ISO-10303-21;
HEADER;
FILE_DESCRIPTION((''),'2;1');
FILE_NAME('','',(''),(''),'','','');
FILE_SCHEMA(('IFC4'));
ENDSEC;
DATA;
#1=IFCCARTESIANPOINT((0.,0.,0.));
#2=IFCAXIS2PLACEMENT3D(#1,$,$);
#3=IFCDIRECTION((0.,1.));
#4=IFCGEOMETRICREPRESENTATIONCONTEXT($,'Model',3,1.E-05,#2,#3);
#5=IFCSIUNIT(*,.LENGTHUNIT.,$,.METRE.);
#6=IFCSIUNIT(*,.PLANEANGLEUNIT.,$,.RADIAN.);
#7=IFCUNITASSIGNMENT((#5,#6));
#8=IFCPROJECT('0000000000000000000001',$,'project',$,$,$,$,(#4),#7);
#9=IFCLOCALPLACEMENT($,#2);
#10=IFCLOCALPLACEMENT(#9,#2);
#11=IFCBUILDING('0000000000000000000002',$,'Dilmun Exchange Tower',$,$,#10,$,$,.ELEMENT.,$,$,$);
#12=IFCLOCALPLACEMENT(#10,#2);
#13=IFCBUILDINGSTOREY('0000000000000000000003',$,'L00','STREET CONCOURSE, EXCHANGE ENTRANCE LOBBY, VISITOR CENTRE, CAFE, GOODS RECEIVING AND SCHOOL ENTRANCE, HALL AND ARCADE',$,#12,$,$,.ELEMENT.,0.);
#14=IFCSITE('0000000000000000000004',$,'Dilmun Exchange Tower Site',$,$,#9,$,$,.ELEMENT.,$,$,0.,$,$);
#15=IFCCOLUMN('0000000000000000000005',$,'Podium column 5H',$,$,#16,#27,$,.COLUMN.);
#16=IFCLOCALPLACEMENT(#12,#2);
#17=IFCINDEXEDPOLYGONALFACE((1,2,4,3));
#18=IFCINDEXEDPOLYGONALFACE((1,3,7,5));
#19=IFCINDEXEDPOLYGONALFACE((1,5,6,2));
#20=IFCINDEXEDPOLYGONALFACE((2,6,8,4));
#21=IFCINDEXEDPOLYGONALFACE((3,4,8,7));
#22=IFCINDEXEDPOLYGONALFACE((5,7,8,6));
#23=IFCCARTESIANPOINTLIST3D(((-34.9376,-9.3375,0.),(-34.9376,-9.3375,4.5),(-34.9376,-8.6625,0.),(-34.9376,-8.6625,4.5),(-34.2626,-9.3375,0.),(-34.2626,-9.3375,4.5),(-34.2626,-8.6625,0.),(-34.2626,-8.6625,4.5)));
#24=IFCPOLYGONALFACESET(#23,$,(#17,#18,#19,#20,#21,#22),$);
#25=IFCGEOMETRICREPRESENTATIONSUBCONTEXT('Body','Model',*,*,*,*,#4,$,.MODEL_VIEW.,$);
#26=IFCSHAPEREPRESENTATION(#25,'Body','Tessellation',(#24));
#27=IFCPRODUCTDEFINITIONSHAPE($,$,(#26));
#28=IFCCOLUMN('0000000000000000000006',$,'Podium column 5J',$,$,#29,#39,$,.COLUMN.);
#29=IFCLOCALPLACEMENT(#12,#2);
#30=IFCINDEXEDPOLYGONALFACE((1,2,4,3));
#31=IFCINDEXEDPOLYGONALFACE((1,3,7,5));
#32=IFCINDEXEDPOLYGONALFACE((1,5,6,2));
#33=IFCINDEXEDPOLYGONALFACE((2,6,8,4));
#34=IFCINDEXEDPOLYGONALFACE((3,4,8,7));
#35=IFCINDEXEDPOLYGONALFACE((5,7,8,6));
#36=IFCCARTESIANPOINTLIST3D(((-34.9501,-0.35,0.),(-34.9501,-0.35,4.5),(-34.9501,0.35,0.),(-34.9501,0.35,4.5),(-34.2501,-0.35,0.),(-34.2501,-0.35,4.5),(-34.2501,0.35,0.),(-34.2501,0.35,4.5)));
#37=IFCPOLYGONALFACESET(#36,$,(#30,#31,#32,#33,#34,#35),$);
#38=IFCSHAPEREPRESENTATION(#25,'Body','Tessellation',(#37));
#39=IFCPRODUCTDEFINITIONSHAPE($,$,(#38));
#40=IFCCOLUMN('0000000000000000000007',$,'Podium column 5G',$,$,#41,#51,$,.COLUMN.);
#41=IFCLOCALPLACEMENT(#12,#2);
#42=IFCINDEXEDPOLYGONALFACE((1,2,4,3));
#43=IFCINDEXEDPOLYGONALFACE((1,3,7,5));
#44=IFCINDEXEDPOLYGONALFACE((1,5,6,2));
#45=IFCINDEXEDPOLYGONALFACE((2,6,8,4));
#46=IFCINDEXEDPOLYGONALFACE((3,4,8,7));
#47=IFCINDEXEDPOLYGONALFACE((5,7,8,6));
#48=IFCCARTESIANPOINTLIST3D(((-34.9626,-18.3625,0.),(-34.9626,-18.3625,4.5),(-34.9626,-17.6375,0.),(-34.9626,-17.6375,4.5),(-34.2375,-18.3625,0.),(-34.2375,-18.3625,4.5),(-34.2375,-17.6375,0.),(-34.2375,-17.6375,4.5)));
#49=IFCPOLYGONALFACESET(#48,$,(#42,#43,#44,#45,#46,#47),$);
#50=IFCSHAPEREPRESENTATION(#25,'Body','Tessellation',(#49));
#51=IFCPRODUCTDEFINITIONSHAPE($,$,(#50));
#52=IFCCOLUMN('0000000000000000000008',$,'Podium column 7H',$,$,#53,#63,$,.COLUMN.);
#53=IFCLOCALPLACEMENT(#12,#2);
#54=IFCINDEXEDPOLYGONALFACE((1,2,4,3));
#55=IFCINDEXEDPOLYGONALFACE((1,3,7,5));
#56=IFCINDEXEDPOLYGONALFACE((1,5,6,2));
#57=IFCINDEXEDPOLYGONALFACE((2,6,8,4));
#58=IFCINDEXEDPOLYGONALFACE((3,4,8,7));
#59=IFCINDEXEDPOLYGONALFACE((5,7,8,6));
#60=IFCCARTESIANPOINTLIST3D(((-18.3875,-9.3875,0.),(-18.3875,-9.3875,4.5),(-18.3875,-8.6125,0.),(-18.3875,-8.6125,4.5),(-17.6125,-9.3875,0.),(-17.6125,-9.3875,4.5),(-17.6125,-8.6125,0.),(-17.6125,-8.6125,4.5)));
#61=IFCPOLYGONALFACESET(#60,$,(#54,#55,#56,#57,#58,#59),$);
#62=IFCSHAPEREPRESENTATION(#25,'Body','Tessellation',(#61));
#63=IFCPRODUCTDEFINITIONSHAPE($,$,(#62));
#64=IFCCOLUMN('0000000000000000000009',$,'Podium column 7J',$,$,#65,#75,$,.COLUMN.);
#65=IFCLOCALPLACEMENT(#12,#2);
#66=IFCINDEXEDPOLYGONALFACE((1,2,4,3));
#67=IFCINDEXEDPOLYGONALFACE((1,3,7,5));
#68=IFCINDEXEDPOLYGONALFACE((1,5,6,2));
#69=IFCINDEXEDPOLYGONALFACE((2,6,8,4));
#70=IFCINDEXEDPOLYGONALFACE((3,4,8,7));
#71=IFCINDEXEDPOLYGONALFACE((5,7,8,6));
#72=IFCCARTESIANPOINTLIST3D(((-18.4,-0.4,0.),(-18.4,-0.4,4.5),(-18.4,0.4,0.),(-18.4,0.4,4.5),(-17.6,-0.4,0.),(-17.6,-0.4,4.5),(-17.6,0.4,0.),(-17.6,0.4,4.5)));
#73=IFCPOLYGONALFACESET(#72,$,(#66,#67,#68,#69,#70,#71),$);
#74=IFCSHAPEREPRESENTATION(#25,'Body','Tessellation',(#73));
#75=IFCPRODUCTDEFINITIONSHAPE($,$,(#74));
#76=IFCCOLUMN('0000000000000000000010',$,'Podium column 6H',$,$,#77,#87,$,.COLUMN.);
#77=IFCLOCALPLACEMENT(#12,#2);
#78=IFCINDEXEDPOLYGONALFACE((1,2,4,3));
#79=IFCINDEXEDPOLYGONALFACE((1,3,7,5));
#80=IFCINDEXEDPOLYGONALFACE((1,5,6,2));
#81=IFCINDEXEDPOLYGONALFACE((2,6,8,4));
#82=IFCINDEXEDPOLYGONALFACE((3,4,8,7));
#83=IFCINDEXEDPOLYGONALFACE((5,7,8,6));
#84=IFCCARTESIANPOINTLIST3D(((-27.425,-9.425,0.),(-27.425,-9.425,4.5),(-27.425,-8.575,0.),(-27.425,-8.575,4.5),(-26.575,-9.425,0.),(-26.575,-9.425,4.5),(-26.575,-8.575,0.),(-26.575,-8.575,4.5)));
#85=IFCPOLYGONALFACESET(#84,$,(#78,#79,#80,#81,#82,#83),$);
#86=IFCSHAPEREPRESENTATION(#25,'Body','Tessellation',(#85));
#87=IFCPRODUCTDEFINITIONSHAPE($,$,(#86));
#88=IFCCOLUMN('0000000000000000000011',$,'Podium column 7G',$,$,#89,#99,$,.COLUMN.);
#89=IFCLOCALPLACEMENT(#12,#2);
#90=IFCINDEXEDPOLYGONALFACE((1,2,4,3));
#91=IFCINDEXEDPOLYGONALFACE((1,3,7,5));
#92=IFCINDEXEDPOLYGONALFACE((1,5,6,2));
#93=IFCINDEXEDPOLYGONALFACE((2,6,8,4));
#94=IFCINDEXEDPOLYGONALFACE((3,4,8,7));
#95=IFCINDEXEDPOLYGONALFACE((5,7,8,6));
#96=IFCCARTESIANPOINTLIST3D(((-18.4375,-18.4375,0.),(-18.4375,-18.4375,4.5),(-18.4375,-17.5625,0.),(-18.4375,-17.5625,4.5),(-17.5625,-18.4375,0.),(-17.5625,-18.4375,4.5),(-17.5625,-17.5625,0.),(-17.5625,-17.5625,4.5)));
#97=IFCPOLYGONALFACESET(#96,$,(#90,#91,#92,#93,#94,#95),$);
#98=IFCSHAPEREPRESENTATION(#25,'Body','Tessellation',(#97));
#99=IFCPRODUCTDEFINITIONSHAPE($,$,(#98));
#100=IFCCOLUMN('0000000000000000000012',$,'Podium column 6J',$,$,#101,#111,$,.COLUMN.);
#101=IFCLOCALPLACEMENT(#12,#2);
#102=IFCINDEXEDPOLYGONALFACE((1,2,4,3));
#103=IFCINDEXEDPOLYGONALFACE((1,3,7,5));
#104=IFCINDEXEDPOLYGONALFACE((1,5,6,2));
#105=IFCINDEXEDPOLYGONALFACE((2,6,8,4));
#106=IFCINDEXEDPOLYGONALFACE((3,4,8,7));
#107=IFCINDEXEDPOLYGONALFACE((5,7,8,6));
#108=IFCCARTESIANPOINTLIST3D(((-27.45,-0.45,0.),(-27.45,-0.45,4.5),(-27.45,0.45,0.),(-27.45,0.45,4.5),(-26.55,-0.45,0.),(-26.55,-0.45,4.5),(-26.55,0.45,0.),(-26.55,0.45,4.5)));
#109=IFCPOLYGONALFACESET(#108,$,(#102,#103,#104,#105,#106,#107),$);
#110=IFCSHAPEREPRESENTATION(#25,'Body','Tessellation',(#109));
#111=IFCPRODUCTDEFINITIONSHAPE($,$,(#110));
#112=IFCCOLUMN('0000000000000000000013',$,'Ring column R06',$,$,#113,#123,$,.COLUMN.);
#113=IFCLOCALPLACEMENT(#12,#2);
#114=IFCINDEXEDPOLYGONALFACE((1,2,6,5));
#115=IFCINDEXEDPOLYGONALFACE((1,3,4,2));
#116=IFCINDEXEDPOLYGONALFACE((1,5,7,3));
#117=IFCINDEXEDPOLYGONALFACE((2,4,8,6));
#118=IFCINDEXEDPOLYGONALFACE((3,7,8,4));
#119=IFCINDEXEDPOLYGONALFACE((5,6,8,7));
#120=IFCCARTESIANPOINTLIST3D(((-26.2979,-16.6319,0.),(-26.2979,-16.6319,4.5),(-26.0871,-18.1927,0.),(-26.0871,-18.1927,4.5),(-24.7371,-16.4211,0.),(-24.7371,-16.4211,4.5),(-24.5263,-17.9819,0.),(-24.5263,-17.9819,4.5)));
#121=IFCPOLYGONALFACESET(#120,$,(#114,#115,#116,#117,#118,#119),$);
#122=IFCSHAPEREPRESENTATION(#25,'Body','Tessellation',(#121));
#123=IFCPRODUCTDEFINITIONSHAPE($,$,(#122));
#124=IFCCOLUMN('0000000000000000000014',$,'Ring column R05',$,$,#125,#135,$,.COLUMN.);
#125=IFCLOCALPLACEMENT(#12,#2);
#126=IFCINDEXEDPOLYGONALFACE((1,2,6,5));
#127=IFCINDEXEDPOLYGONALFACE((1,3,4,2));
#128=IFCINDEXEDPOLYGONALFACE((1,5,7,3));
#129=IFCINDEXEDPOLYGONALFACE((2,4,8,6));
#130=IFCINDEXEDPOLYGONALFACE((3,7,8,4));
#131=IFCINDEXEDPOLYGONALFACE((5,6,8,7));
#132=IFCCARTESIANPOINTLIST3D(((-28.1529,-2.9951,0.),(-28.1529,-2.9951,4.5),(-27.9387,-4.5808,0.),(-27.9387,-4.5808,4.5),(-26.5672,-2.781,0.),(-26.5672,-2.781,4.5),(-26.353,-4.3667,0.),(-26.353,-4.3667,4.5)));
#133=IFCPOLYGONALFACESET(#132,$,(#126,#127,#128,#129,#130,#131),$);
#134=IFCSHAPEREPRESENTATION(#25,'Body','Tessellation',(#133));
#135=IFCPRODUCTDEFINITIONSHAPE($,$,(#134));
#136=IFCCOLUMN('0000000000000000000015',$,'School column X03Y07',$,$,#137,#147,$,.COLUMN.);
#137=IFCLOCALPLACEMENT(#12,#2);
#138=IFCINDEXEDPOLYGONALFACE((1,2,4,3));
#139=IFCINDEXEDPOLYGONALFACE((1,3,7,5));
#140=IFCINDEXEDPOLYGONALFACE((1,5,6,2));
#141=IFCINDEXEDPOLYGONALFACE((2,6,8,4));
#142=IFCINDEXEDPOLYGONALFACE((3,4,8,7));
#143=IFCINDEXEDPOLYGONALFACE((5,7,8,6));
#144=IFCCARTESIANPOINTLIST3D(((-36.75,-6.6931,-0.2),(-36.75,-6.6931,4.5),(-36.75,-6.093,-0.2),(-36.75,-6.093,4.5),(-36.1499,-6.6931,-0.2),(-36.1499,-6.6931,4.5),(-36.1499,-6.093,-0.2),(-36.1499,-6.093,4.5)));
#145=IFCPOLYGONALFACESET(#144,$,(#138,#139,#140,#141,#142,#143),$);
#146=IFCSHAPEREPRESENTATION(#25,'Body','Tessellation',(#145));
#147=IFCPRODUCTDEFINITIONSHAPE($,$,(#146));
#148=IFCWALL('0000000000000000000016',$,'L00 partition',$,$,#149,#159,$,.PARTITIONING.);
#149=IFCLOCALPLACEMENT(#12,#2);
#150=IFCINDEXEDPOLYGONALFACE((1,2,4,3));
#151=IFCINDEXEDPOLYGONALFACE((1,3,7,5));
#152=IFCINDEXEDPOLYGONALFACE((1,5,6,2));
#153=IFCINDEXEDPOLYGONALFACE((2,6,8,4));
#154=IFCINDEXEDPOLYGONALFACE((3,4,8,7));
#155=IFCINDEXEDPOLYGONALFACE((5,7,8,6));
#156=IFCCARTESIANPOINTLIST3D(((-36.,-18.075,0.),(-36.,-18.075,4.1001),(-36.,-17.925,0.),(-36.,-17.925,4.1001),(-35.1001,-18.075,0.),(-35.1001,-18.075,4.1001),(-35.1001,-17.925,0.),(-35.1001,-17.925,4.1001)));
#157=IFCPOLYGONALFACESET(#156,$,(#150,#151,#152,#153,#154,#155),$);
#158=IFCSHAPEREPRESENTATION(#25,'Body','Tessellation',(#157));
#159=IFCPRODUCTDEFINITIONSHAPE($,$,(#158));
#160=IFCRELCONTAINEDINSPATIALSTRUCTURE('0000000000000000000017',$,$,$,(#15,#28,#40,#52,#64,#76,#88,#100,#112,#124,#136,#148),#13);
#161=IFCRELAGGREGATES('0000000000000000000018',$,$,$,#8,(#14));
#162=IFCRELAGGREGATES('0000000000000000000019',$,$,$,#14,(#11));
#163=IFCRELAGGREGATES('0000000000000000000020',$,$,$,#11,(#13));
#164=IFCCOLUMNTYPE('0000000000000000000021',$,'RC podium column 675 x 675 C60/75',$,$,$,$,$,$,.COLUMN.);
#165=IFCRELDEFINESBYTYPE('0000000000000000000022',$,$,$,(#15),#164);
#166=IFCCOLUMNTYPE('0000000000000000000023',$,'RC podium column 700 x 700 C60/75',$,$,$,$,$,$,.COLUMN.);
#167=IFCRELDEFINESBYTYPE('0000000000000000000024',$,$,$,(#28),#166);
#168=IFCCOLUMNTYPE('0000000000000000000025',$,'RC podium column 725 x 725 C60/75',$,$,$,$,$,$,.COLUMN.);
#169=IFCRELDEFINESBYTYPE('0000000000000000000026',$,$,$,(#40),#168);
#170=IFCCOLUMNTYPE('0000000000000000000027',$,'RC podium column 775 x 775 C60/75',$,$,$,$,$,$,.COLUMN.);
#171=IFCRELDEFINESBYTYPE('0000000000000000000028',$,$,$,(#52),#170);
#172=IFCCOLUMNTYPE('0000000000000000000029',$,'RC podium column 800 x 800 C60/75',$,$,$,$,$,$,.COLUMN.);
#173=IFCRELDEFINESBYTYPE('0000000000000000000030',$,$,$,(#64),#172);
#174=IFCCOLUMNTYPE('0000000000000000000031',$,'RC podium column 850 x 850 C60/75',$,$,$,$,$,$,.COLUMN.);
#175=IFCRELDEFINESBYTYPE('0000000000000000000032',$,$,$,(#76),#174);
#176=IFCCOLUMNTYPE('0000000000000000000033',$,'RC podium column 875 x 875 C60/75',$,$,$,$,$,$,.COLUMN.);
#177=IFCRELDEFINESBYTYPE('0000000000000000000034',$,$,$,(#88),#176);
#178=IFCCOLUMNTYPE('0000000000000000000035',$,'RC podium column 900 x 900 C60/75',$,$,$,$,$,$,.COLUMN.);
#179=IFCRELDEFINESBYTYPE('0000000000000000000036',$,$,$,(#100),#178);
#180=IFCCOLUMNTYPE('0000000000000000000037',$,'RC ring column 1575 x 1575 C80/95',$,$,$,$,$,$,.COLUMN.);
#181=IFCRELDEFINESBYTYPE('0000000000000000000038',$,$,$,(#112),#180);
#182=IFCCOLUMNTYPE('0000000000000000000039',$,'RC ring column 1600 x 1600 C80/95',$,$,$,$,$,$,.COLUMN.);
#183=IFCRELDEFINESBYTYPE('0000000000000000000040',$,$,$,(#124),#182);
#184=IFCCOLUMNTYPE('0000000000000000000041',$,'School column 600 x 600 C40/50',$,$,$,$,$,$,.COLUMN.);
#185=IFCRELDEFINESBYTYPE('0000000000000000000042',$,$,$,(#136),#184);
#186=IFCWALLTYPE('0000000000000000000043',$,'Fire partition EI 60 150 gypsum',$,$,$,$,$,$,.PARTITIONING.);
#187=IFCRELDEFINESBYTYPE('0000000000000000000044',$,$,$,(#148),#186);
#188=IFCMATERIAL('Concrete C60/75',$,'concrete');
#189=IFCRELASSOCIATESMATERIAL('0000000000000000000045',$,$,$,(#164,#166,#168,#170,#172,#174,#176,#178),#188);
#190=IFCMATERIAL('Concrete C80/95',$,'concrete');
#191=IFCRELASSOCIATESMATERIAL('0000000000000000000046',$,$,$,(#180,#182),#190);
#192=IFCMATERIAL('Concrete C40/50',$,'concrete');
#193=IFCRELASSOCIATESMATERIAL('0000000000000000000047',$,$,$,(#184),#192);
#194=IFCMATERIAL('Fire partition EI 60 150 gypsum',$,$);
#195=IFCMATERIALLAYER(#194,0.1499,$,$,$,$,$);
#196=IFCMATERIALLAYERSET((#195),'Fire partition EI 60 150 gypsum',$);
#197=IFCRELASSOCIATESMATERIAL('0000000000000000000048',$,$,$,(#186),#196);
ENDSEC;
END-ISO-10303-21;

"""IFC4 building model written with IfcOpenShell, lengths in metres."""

from ifc_helpers import new_model, si_unit, direction, frame, frame_2d, origin, origin_2d, place, context, subcontext, project, spatial, rectangle, extrude, material, layer, layer_set, material_profile, profile_set, type_object, element, save


model = new_model("IFC4")

# Units and contexts
model_context = context("Model", 3, precision=1e-05, world=origin(), true_north=direction((0.0, 1.0)))
body_context = subcontext(model_context, "Body", "Model", "MODEL_VIEW")
ifc_project = project(units=[si_unit("LENGTHUNIT", "METRE"), si_unit("PLANEANGLEUNIT", "RADIAN")], contexts=[model_context])

# Site, building, storey
site_placement = place(None, origin())
site = spatial("IfcSite", under=ifc_project, at=site_placement, Name="Dilmun Exchange Tower Site", CompositionType="ELEMENT", RefElevation=0.0)
building_placement = place(site_placement, origin())
building = spatial("IfcBuilding", under=site, at=building_placement, Name="Dilmun Exchange Tower", CompositionType="ELEMENT")
storey_placement = place(building_placement, origin())
storey = spatial("IfcBuildingStorey", under=building, at=storey_placement, Name="L00", Description="STREET CONCOURSE, EXCHANGE ENTRANCE LOBBY, VISITOR CENTRE, CAFE, GOODS RECEIVING AND SCHOOL ENTRANCE, HALL AND ARCADE", CompositionType="ELEMENT", Elevation=0.0)

# Columns
ifc_material_1 = material(Name="Concrete C60/75", Category="concrete")
ifc_material_profile_1 = material_profile(ifc_material_1, rectangle(XDim=0.675, YDim=0.675, at=origin_2d()), Name="675 x 675")
ifc_profile_set_1 = profile_set([ifc_material_profile_1], Name="Concrete C60/75")
column_type_1 = type_object("IfcColumnType", Name="RC podium column 675 x 675 C60/75", PredefinedType="COLUMN", material=ifc_profile_set_1)
column_1_placement = place(storey_placement, frame((-34.6001, -9.0, 0.0), z_axis=(0.0, 0.0, 1.0), x_axis=(1.0, 0.0, 0.0)))
element("IfcColumn", 1, at=column_1_placement, inside=storey, type_object=column_type_1, Name="Podium column 5H", PredefinedType="COLUMN", context=body_context, shape_type="SweptSolid", body=[
    extrude(rectangle(XDim=0.675, YDim=0.675, at=origin_2d()), origin(), (0.0, 0.0, 1.0), 4.5),
])
ifc_material_profile_2 = material_profile(ifc_material_1, rectangle(XDim=0.7, YDim=0.7, at=origin_2d()), Name="700 x 700")
ifc_profile_set_2 = profile_set([ifc_material_profile_2], Name="Concrete C60/75")
column_type_2 = type_object("IfcColumnType", Name="RC podium column 700 x 700 C60/75", PredefinedType="COLUMN", material=ifc_profile_set_2)
column_2_placement = place(storey_placement, frame((-34.6001, 0.0, 0.0), z_axis=(0.0, 0.0, 1.0), x_axis=(1.0, 0.0, 0.0)))
element("IfcColumn", 2, at=column_2_placement, inside=storey, type_object=column_type_2, Name="Podium column 5J", PredefinedType="COLUMN", context=body_context, shape_type="SweptSolid", body=[
    extrude(rectangle(XDim=0.7, YDim=0.7, at=origin_2d()), origin(), (0.0, 0.0, 1.0), 4.5),
])
ifc_material_profile_3 = material_profile(ifc_material_1, rectangle(XDim=0.7251, YDim=0.7251, at=origin_2d()), Name="725 x 725")
ifc_profile_set_3 = profile_set([ifc_material_profile_3], Name="Concrete C60/75")
column_type_3 = type_object("IfcColumnType", Name="RC podium column 725 x 725 C60/75", PredefinedType="COLUMN", material=ifc_profile_set_3)
column_3_placement = place(storey_placement, frame((-34.6001, -18.0, 0.0), z_axis=(0.0, 0.0, 1.0), x_axis=(1.0, 0.0, 0.0)))
element("IfcColumn", 3, at=column_3_placement, inside=storey, type_object=column_type_3, Name="Podium column 5G", PredefinedType="COLUMN", context=body_context, shape_type="SweptSolid", body=[
    extrude(rectangle(XDim=0.7251, YDim=0.7251, at=origin_2d()), origin(), (0.0, 0.0, 1.0), 4.5),
])
ifc_material_profile_4 = material_profile(ifc_material_1, rectangle(XDim=0.7749, YDim=0.7749, at=origin_2d()), Name="775 x 775")
ifc_profile_set_4 = profile_set([ifc_material_profile_4], Name="Concrete C60/75")
column_type_4 = type_object("IfcColumnType", Name="RC podium column 775 x 775 C60/75", PredefinedType="COLUMN", material=ifc_profile_set_4)
column_4_placement = place(storey_placement, frame((-18.0, -9.0, 0.0), z_axis=(0.0, 0.0, 1.0), x_axis=(1.0, 0.0, 0.0)))
element("IfcColumn", 4, at=column_4_placement, inside=storey, type_object=column_type_4, Name="Podium column 7H", PredefinedType="COLUMN", context=body_context, shape_type="SweptSolid", body=[
    extrude(rectangle(XDim=0.7749, YDim=0.7749, at=origin_2d()), origin(), (0.0, 0.0, 1.0), 4.5),
])
ifc_material_profile_5 = material_profile(ifc_material_1, rectangle(XDim=0.8, YDim=0.8, at=origin_2d()), Name="800 x 800")
ifc_profile_set_5 = profile_set([ifc_material_profile_5], Name="Concrete C60/75")
column_type_5 = type_object("IfcColumnType", Name="RC podium column 800 x 800 C60/75", PredefinedType="COLUMN", material=ifc_profile_set_5)
column_5_placement = place(storey_placement, frame((-18.0, 0.0, 0.0), z_axis=(0.0, 0.0, 1.0), x_axis=(1.0, 0.0, 0.0)))
element("IfcColumn", 5, at=column_5_placement, inside=storey, type_object=column_type_5, Name="Podium column 7J", PredefinedType="COLUMN", context=body_context, shape_type="SweptSolid", body=[
    extrude(rectangle(XDim=0.8, YDim=0.8, at=origin_2d()), origin(), (0.0, 0.0, 1.0), 4.5),
])
ifc_material_profile_6 = material_profile(ifc_material_1, rectangle(XDim=0.8501, YDim=0.8501, at=origin_2d()), Name="850 x 850")
ifc_profile_set_6 = profile_set([ifc_material_profile_6], Name="Concrete C60/75")
column_type_6 = type_object("IfcColumnType", Name="RC podium column 850 x 850 C60/75", PredefinedType="COLUMN", material=ifc_profile_set_6)
column_6_placement = place(storey_placement, frame((-27.0, -9.0, 0.0), z_axis=(0.0, 0.0, 1.0), x_axis=(1.0, 0.0, 0.0)))
element("IfcColumn", 6, at=column_6_placement, inside=storey, type_object=column_type_6, Name="Podium column 6H", PredefinedType="COLUMN", context=body_context, shape_type="SweptSolid", body=[
    extrude(rectangle(XDim=0.8501, YDim=0.8501, at=origin_2d()), origin(), (0.0, 0.0, 1.0), 4.5),
])
ifc_material_profile_7 = material_profile(ifc_material_1, rectangle(XDim=0.875, YDim=0.875, at=origin_2d()), Name="875 x 875")
ifc_profile_set_7 = profile_set([ifc_material_profile_7], Name="Concrete C60/75")
column_type_7 = type_object("IfcColumnType", Name="RC podium column 875 x 875 C60/75", PredefinedType="COLUMN", material=ifc_profile_set_7)
column_7_placement = place(storey_placement, frame((-18.0, -18.0, 0.0), z_axis=(0.0, 0.0, 1.0), x_axis=(1.0, 0.0, 0.0)))
element("IfcColumn", 7, at=column_7_placement, inside=storey, type_object=column_type_7, Name="Podium column 7G", PredefinedType="COLUMN", context=body_context, shape_type="SweptSolid", body=[
    extrude(rectangle(XDim=0.875, YDim=0.875, at=origin_2d()), origin(), (0.0, 0.0, 1.0), 4.5),
])
ifc_material_profile_8 = material_profile(ifc_material_1, rectangle(XDim=0.8999, YDim=0.8999, at=origin_2d()), Name="900 x 900")
ifc_profile_set_8 = profile_set([ifc_material_profile_8], Name="Concrete C60/75")
column_type_8 = type_object("IfcColumnType", Name="RC podium column 900 x 900 C60/75", PredefinedType="COLUMN", material=ifc_profile_set_8)
column_8_placement = place(storey_placement, frame((-27.0, 0.0, 0.0), z_axis=(0.0, 0.0, 1.0), x_axis=(1.0, 0.0, 0.0)))
element("IfcColumn", 8, at=column_8_placement, inside=storey, type_object=column_type_8, Name="Podium column 6J", PredefinedType="COLUMN", context=body_context, shape_type="SweptSolid", body=[
    extrude(rectangle(XDim=0.8999, YDim=0.8999, at=origin_2d()), origin(), (0.0, 0.0, 1.0), 4.5),
])
ifc_material_2 = material(Name="Concrete C80/95", Category="concrete")
ifc_material_profile_9 = material_profile(ifc_material_2, rectangle(XDim=1.575, YDim=1.575, at=origin_2d()), Name="1575 x 1575")
ifc_profile_set_9 = profile_set([ifc_material_profile_9], Name="Concrete C80/95")
column_type_9 = type_object("IfcColumnType", Name="RC ring column 1575 x 1575 C80/95", PredefinedType="COLUMN", material=ifc_profile_set_9)
column_9_placement = place(storey_placement, frame((-25.4121, -17.3069, 0.0), z_axis=(0.0, 0.0, 1.0), x_axis=(0.991001, 0.133853, 0.0)))
element("IfcColumn", 9, at=column_9_placement, inside=storey, type_object=column_type_9, Name="Ring column R06", PredefinedType="COLUMN", context=body_context, shape_type="SweptSolid", body=[
    extrude(rectangle(XDim=1.575, YDim=1.575, at=origin_2d()), origin(), (0.0, 0.0, 1.0), 4.5),
])
ifc_material_profile_10 = material_profile(ifc_material_2, rectangle(XDim=1.6001, YDim=1.6001, at=origin_2d()), Name="1600 x 1600")
ifc_profile_set_10 = profile_set([ifc_material_profile_10], Name="Concrete C80/95")
column_type_10 = type_object("IfcColumnType", Name="RC ring column 1600 x 1600 C80/95", PredefinedType="COLUMN", material=ifc_profile_set_10)
column_10_placement = place(storey_placement, frame((-27.2529, -3.6809, 0.0), z_axis=(0.0, 0.0, 1.0), x_axis=(0.991001, 0.133853, 0.0)))
element("IfcColumn", 10, at=column_10_placement, inside=storey, type_object=column_type_10, Name="Ring column R05", PredefinedType="COLUMN", context=body_context, shape_type="SweptSolid", body=[
    extrude(rectangle(XDim=1.6001, YDim=1.6001, at=origin_2d()), origin(), (0.0, 0.0, 1.0), 4.5),
])
ifc_material_3 = material(Name="Concrete C40/50", Category="concrete")
ifc_material_profile_11 = material_profile(ifc_material_3, rectangle(XDim=0.6001, YDim=0.6001, at=origin_2d()), Name="600 x 600")
ifc_profile_set_11 = profile_set([ifc_material_profile_11], Name="Concrete C40/50")
column_type_11 = type_object("IfcColumnType", Name="School column 600 x 600 C40/50", PredefinedType="COLUMN", material=ifc_profile_set_11)
column_11_placement = place(storey_placement, frame((-36.45, -6.3931, -0.2), z_axis=(0.0, 0.0, 1.0), x_axis=(1.0, 0.0, 0.0)))
element("IfcColumn", 11, at=column_11_placement, inside=storey, type_object=column_type_11, Name="School column X03Y07", PredefinedType="COLUMN", context=body_context, shape_type="SweptSolid", body=[
    extrude(rectangle(XDim=0.6001, YDim=0.6001, at=origin_2d()), origin(), (0.0, 0.0, 1.0), 4.7),
])

# Wall
ifc_material_4 = material(Name="Fire partition EI 60 150 gypsum")
ifc_layer_1 = layer(ifc_material_4, 0.1499)
ifc_layer_set_1 = layer_set([ifc_layer_1], Name="Fire partition EI 60 150 gypsum")
wall_type_1 = type_object("IfcWallType", Name="Fire partition EI 60 150 gypsum", PredefinedType="PARTITIONING", material=ifc_layer_set_1)
wall_1_placement = place(storey_placement, frame((-36.0, -18.0, 0.0), z_axis=(0.0, 0.0, 1.0), x_axis=(1.0, 0.0, 0.0)))
element("IfcWall", 12, at=wall_1_placement, inside=storey, type_object=wall_type_1, Name="L00 partition", PredefinedType="PARTITIONING", context=body_context, shape_type="SweptSolid", body=[
    extrude(rectangle(XDim=0.8999, YDim=0.1499, at=frame_2d((0.45, 0.0))), origin(), (0.0, 0.0, 1.0), 4.1001),
])

save(model, "model.ifc")
